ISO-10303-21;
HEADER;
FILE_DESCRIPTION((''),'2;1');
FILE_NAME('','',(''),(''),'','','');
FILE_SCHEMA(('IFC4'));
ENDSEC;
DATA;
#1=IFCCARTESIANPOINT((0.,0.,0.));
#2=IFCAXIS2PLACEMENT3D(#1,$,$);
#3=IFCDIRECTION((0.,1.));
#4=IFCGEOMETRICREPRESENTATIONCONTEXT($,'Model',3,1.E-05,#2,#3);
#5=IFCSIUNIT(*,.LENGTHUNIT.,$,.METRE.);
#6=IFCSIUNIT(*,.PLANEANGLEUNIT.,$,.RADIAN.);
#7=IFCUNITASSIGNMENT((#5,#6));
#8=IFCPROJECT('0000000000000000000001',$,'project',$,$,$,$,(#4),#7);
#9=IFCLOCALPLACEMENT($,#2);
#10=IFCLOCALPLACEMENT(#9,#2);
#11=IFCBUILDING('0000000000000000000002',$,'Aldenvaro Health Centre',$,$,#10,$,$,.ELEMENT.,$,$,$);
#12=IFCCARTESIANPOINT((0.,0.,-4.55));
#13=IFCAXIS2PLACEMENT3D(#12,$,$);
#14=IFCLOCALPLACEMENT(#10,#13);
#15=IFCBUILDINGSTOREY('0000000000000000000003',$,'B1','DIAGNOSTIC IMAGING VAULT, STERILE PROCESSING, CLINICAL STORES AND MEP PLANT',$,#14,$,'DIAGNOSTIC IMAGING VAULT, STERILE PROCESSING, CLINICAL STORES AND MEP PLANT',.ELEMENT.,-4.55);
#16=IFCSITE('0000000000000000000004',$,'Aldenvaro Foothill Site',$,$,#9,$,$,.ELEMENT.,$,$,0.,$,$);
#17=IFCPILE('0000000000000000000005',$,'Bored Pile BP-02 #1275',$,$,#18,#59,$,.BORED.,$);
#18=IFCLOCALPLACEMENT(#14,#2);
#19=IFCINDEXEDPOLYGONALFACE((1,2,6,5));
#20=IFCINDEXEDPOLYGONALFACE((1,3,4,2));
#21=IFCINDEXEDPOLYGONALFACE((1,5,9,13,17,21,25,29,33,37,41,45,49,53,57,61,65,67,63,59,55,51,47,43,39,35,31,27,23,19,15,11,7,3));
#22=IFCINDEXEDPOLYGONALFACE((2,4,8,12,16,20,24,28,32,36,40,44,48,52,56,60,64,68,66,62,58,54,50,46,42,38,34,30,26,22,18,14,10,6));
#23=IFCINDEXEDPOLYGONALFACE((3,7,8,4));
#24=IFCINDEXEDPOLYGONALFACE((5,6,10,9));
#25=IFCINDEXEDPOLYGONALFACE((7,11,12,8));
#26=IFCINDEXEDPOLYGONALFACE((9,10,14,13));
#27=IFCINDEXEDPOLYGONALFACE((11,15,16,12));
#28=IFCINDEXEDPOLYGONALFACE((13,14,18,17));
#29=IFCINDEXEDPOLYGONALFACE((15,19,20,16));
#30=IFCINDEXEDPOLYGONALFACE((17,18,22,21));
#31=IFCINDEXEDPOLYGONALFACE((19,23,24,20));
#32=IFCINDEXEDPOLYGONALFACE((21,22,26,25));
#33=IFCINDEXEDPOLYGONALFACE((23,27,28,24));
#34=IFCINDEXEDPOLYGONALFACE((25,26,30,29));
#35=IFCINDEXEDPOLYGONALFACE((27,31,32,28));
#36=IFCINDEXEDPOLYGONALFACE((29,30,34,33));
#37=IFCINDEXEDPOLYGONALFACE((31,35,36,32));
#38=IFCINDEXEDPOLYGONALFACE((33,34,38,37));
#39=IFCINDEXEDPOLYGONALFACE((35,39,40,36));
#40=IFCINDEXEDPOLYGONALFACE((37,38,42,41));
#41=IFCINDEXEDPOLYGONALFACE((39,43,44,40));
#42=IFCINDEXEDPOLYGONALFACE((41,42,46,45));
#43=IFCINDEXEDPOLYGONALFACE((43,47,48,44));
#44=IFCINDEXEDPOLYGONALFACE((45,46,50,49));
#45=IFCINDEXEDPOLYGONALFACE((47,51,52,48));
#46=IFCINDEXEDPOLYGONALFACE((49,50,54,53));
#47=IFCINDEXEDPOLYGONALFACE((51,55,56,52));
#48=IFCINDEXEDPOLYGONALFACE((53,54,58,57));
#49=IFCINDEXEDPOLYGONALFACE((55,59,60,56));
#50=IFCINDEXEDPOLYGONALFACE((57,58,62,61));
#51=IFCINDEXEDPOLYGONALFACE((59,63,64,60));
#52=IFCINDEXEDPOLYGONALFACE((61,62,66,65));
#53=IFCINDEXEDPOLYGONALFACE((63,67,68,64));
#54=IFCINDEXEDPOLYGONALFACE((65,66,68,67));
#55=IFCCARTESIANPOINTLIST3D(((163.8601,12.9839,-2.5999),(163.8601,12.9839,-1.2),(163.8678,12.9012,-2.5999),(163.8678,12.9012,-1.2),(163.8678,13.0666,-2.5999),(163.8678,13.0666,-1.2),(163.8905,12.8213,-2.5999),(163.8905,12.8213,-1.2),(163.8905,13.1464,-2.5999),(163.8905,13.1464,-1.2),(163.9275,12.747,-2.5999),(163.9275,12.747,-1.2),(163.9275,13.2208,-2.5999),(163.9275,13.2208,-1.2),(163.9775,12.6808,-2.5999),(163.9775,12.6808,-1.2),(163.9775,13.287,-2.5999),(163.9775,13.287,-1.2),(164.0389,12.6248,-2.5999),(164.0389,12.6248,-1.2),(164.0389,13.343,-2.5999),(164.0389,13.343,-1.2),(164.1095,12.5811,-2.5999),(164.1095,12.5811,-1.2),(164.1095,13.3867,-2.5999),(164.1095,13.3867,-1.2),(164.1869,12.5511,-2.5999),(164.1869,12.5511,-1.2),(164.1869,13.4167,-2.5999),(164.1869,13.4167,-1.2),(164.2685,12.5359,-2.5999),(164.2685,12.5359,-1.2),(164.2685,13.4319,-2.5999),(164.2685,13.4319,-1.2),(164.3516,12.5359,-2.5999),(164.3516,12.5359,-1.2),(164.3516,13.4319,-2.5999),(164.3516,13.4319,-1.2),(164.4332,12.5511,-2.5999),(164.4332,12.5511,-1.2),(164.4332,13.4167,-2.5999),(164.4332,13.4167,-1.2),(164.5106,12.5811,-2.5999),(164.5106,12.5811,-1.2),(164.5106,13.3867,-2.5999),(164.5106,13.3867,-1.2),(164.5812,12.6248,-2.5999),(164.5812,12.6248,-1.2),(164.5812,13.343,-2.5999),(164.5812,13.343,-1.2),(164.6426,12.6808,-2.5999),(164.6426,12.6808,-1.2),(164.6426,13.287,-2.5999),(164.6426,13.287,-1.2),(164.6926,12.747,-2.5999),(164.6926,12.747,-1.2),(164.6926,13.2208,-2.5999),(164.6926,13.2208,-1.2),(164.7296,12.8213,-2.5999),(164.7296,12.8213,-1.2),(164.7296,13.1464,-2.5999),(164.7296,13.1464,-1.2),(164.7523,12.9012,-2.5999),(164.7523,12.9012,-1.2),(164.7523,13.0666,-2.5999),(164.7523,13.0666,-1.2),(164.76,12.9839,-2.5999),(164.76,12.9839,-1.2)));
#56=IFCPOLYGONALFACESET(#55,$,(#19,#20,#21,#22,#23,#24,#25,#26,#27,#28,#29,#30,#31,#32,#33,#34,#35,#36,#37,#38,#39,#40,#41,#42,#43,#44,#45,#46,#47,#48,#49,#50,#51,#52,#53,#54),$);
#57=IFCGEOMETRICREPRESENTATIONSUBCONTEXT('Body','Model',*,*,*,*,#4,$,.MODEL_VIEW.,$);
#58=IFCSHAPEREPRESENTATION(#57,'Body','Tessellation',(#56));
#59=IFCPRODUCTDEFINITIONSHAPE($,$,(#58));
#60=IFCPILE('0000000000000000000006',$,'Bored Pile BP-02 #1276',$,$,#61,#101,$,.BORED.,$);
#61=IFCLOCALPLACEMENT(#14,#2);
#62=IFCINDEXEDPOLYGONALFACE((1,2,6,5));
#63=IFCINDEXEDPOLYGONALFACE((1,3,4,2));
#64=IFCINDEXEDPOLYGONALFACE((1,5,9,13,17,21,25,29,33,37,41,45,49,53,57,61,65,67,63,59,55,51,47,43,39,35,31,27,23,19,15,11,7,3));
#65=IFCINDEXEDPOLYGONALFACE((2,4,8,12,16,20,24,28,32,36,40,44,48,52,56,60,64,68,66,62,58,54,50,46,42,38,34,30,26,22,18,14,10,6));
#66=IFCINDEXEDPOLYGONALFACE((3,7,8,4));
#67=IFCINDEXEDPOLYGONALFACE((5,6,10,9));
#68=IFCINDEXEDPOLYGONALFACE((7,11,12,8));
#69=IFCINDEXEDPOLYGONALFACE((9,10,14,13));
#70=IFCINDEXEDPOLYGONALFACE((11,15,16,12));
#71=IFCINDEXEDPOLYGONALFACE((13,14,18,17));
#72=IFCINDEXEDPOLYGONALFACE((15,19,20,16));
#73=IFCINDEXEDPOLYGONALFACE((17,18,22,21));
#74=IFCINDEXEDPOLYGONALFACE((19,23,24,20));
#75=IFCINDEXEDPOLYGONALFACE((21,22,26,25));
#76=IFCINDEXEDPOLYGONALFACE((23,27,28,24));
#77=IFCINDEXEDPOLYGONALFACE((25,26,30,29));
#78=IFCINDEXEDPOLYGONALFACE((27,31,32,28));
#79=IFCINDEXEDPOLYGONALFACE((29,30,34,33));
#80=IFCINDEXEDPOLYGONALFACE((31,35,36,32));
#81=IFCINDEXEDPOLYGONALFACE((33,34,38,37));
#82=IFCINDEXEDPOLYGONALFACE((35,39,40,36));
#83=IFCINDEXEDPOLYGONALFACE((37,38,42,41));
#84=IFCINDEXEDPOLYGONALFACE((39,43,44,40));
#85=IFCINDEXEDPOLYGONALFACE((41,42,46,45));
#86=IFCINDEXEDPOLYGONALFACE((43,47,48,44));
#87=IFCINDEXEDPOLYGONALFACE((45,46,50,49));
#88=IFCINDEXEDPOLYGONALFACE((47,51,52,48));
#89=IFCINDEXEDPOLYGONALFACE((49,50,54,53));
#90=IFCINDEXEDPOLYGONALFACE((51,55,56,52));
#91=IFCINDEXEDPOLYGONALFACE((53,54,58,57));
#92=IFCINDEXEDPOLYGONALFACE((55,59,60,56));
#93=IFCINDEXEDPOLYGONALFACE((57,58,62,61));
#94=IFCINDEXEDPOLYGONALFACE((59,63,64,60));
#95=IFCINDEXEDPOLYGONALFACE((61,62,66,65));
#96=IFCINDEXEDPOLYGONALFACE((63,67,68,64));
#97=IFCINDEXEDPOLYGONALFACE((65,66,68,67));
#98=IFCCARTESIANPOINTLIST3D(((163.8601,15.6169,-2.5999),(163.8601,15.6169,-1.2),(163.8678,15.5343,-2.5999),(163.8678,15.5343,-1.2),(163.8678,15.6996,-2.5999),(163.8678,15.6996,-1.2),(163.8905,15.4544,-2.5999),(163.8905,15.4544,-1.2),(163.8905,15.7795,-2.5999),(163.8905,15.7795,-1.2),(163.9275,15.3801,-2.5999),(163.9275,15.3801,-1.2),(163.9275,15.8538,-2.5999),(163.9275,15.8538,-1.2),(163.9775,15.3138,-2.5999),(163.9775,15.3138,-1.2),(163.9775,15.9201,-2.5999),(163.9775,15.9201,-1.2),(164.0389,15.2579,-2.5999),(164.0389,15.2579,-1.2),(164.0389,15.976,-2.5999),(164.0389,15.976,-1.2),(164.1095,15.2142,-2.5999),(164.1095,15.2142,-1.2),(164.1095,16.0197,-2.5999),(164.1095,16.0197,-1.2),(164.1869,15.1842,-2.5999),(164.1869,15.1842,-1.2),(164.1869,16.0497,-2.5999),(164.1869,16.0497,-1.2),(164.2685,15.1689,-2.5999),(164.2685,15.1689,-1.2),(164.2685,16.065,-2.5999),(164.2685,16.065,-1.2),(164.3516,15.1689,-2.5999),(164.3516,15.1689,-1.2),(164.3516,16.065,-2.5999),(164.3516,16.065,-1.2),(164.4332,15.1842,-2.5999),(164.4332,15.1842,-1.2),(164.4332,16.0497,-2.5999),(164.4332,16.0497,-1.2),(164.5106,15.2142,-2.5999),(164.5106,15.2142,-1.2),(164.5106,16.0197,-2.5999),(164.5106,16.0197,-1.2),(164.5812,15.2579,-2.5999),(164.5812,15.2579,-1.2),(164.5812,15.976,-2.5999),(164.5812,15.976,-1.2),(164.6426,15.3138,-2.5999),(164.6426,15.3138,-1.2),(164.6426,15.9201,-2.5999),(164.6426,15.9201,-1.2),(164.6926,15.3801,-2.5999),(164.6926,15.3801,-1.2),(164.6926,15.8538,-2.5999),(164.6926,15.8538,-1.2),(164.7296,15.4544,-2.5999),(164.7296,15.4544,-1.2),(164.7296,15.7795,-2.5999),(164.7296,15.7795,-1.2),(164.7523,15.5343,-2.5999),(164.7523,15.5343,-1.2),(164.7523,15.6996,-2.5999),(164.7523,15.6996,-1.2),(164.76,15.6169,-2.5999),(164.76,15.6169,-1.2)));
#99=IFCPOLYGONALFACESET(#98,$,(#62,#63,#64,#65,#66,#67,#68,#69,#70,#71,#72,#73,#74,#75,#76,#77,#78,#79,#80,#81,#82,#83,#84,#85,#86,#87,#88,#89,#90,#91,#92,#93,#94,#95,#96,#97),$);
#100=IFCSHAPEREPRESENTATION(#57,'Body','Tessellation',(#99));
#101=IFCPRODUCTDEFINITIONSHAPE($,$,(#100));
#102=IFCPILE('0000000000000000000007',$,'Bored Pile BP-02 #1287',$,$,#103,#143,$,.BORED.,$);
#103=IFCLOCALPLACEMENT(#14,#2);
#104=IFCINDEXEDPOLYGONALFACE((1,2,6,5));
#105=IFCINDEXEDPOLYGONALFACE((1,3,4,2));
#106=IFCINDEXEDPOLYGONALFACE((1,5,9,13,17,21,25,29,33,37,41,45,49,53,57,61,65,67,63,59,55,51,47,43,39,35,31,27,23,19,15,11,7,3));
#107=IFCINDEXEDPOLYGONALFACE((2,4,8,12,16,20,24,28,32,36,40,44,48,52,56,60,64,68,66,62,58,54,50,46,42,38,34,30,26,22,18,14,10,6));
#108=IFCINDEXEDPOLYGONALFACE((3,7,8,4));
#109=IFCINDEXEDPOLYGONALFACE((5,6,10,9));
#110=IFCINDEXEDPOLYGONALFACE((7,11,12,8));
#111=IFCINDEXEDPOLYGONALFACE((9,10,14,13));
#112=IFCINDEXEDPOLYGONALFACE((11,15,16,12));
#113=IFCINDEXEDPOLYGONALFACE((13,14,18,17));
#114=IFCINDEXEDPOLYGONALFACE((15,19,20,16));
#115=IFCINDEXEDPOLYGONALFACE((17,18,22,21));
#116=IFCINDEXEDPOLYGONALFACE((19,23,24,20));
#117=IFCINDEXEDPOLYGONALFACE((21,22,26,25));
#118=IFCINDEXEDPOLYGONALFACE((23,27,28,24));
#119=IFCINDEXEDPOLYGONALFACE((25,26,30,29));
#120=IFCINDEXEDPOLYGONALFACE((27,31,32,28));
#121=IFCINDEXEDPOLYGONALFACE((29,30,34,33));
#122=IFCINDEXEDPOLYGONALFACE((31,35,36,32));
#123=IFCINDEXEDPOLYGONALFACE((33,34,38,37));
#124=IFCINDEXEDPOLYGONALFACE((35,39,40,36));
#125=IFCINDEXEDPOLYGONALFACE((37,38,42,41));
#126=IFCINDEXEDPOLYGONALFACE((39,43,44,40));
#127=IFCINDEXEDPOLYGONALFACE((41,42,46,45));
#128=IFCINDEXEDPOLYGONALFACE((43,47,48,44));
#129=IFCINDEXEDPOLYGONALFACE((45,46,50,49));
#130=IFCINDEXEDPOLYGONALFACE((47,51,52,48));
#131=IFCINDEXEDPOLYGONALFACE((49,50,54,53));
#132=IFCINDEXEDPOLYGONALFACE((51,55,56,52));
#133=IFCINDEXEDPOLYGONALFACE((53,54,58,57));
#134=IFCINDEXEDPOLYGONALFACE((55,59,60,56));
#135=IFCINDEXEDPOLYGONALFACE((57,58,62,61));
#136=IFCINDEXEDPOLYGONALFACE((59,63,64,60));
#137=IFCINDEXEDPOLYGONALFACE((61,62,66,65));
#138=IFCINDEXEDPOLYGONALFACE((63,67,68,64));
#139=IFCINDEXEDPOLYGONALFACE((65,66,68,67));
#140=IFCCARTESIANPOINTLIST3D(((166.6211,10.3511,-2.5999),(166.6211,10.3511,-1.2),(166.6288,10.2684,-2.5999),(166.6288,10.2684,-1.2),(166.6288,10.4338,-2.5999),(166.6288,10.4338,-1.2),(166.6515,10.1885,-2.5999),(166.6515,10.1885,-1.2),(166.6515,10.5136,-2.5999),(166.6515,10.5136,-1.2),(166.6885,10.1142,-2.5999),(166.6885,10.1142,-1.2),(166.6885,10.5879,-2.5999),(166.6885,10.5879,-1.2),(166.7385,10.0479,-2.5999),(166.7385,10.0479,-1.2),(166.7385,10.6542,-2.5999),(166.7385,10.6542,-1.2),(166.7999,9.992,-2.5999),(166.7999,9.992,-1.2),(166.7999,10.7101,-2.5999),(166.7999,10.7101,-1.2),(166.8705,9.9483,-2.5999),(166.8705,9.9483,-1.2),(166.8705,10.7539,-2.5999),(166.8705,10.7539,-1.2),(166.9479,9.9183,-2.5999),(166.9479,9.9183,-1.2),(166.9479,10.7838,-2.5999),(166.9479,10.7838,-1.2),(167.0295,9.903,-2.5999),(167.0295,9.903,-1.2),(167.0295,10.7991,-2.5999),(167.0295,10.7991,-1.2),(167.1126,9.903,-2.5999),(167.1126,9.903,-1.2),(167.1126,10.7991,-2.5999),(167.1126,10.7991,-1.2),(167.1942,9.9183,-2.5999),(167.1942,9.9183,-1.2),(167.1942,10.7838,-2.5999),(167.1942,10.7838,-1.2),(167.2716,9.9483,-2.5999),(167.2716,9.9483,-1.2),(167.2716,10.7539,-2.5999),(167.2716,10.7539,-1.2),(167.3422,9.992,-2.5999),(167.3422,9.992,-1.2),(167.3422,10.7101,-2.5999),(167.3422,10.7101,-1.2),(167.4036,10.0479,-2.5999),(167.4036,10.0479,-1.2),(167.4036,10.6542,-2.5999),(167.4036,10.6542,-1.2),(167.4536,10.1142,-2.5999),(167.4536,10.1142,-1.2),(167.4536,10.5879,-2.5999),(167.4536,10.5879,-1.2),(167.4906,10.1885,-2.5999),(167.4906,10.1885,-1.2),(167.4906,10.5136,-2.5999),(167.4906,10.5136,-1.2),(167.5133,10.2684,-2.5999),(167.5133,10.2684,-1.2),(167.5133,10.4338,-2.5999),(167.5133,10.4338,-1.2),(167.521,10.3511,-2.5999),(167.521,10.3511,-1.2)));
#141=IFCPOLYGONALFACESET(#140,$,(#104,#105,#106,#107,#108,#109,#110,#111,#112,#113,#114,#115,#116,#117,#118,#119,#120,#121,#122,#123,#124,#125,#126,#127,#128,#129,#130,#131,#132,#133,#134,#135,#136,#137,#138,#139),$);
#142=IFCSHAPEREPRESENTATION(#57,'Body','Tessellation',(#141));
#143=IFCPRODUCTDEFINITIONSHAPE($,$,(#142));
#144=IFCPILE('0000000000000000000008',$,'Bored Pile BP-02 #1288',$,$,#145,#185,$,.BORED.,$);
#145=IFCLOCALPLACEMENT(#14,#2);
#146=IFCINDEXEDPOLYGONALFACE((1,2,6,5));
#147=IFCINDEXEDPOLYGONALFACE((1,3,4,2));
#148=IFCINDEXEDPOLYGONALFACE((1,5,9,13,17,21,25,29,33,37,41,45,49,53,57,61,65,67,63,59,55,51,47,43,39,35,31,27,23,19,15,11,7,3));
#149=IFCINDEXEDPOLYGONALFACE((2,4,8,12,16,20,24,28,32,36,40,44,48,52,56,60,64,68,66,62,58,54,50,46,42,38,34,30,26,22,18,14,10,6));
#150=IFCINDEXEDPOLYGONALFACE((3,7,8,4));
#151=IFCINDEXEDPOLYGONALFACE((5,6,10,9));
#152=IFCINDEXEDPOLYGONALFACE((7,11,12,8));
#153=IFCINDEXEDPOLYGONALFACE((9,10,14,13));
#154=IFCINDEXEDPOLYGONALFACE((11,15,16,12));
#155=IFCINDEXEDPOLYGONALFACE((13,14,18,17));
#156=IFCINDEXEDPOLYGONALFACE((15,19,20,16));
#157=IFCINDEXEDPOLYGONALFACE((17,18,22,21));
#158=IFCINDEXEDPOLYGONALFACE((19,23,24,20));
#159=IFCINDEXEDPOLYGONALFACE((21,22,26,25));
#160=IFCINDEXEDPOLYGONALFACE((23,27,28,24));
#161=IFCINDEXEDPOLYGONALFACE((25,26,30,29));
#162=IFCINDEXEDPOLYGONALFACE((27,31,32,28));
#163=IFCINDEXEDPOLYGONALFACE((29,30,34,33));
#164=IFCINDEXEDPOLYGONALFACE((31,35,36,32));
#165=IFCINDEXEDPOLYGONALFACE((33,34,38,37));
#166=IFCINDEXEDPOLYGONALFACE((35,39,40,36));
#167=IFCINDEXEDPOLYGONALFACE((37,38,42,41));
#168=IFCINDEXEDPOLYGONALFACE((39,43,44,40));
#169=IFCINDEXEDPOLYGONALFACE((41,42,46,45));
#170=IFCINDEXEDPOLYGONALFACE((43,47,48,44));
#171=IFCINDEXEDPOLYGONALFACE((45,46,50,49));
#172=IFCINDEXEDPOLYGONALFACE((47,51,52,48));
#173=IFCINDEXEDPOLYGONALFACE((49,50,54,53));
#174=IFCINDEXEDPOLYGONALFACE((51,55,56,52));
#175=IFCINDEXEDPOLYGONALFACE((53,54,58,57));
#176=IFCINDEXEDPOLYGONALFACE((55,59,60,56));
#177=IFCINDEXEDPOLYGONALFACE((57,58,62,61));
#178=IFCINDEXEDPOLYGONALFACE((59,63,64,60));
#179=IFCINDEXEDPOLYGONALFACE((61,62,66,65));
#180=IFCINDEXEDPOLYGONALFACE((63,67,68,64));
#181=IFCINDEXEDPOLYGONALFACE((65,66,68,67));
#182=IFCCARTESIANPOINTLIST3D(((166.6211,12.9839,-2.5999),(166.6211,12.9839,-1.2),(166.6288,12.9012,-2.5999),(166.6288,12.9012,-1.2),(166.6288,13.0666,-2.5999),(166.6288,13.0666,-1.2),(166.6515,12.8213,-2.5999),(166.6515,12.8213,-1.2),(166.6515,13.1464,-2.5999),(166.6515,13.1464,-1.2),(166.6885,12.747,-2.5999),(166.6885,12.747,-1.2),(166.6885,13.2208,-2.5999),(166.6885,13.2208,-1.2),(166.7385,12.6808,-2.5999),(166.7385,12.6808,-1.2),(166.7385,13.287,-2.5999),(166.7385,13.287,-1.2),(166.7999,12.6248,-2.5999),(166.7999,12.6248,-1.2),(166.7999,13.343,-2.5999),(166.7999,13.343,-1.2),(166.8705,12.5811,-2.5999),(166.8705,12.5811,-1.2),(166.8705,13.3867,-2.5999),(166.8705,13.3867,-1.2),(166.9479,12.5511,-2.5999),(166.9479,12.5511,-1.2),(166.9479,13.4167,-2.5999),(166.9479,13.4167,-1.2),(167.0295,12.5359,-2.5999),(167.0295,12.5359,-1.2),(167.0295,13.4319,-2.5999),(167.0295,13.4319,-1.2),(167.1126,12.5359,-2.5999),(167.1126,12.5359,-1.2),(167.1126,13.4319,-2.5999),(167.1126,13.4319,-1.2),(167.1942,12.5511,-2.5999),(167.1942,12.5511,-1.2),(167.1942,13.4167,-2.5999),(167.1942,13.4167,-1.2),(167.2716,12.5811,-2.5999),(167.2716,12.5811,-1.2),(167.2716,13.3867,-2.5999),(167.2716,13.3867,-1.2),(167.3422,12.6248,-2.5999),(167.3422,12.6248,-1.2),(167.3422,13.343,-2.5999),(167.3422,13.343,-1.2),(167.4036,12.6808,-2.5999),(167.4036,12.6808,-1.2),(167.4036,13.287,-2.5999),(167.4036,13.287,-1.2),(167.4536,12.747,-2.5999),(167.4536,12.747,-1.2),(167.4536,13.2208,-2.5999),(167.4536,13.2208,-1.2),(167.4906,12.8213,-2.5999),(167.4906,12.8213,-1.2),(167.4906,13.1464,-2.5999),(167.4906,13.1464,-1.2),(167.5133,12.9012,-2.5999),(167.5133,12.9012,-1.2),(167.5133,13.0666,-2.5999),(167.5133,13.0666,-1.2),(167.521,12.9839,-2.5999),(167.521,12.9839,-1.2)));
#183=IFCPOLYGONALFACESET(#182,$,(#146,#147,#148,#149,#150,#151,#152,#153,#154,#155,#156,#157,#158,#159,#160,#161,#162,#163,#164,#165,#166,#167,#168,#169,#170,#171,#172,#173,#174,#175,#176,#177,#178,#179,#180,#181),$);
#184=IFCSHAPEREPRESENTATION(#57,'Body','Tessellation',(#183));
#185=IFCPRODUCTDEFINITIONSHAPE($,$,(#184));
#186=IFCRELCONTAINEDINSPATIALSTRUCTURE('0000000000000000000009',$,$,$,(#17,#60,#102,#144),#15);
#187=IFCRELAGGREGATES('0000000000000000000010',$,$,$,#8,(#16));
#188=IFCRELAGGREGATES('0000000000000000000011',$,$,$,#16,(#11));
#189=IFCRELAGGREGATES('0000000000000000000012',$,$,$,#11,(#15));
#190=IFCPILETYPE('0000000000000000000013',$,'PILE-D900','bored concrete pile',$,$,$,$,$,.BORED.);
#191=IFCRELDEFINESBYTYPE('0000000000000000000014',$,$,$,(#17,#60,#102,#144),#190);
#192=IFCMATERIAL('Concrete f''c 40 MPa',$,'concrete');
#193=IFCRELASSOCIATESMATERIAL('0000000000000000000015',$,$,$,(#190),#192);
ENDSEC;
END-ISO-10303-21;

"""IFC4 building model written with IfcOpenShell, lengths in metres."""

from ifc_helpers import new_model, si_unit, direction, frame, origin, origin_2d, place, context, subcontext, project, spatial, circle, extrude, material, material_profile, profile_set, type_object, element, save


model = new_model("IFC4")

# Units and contexts
model_context = context("Model", 3, precision=1e-05, world=origin(), true_north=direction((0.0, 1.0)))
body_context = subcontext(model_context, "Body", "Model", "MODEL_VIEW")
ifc_project = project(units=[si_unit("LENGTHUNIT", "METRE"), si_unit("PLANEANGLEUNIT", "RADIAN")], contexts=[model_context])

# Site, building, storey
site_placement = place(None, origin())
site = spatial("IfcSite", under=ifc_project, at=site_placement, Name="Aldenvaro Foothill Site", CompositionType="ELEMENT", RefElevation=0.0)
building_placement = place(site_placement, origin())
building = spatial("IfcBuilding", under=site, at=building_placement, Name="Aldenvaro Health Centre", CompositionType="ELEMENT")
storey_placement = place(building_placement, frame((0.0, 0.0, -4.55)))
storey = spatial("IfcBuildingStorey", under=building, at=storey_placement, Name="B1", Description="DIAGNOSTIC IMAGING VAULT, STERILE PROCESSING, CLINICAL STORES AND MEP PLANT", LongName="DIAGNOSTIC IMAGING VAULT, STERILE PROCESSING, CLINICAL STORES AND MEP PLANT", CompositionType="ELEMENT", Elevation=-4.55)

# Piles
ifc_material_1 = material(Name="Concrete f'c 40 MPa", Category="concrete")
ifc_material_profile_1 = material_profile(ifc_material_1, circle(Radius=0.45, at=origin_2d()), Name="PILE D900", Category="concrete")
ifc_profile_set_1 = profile_set([ifc_material_profile_1], Name="Concrete f'c 40 MPa")
pile_type = type_object("IfcPileType", Name="PILE-D900", Description="bored concrete pile", PredefinedType="BORED", material=ifc_profile_set_1)
for number, where, z_axis, x_axis, name in (
    (1, (164.3101, 12.9839, -1.2), (0.0, 0.0, -1.0), (1.0, 0.0, 0.0), "Bored Pile BP-02 #1275"),
    (2, (164.3101, 15.6169, -1.2), (0.0, 0.0, -1.0), (1.0, 0.0, 0.0), "Bored Pile BP-02 #1276"),
    (3, (167.071, 10.3511, -1.2), (0.0, 0.0, -1.0), (1.0, 0.0, 0.0), "Bored Pile BP-02 #1287"),
    (4, (167.071, 12.9839, -1.2), (0.0, 0.0, -1.0), (1.0, 0.0, 0.0), "Bored Pile BP-02 #1288"),
):
    element("IfcPile", number, at=place(storey_placement, frame(where, z_axis=z_axis, x_axis=x_axis)), inside=storey, type_object=pile_type, Name=name, PredefinedType="BORED", context=body_context, shape_type="SweptSolid", body=[
        extrude(circle(Radius=0.45, at=origin_2d()), origin(), (0.0, 0.0, 1.0), 1.3999),
    ])

save(model, "model.ifc")
